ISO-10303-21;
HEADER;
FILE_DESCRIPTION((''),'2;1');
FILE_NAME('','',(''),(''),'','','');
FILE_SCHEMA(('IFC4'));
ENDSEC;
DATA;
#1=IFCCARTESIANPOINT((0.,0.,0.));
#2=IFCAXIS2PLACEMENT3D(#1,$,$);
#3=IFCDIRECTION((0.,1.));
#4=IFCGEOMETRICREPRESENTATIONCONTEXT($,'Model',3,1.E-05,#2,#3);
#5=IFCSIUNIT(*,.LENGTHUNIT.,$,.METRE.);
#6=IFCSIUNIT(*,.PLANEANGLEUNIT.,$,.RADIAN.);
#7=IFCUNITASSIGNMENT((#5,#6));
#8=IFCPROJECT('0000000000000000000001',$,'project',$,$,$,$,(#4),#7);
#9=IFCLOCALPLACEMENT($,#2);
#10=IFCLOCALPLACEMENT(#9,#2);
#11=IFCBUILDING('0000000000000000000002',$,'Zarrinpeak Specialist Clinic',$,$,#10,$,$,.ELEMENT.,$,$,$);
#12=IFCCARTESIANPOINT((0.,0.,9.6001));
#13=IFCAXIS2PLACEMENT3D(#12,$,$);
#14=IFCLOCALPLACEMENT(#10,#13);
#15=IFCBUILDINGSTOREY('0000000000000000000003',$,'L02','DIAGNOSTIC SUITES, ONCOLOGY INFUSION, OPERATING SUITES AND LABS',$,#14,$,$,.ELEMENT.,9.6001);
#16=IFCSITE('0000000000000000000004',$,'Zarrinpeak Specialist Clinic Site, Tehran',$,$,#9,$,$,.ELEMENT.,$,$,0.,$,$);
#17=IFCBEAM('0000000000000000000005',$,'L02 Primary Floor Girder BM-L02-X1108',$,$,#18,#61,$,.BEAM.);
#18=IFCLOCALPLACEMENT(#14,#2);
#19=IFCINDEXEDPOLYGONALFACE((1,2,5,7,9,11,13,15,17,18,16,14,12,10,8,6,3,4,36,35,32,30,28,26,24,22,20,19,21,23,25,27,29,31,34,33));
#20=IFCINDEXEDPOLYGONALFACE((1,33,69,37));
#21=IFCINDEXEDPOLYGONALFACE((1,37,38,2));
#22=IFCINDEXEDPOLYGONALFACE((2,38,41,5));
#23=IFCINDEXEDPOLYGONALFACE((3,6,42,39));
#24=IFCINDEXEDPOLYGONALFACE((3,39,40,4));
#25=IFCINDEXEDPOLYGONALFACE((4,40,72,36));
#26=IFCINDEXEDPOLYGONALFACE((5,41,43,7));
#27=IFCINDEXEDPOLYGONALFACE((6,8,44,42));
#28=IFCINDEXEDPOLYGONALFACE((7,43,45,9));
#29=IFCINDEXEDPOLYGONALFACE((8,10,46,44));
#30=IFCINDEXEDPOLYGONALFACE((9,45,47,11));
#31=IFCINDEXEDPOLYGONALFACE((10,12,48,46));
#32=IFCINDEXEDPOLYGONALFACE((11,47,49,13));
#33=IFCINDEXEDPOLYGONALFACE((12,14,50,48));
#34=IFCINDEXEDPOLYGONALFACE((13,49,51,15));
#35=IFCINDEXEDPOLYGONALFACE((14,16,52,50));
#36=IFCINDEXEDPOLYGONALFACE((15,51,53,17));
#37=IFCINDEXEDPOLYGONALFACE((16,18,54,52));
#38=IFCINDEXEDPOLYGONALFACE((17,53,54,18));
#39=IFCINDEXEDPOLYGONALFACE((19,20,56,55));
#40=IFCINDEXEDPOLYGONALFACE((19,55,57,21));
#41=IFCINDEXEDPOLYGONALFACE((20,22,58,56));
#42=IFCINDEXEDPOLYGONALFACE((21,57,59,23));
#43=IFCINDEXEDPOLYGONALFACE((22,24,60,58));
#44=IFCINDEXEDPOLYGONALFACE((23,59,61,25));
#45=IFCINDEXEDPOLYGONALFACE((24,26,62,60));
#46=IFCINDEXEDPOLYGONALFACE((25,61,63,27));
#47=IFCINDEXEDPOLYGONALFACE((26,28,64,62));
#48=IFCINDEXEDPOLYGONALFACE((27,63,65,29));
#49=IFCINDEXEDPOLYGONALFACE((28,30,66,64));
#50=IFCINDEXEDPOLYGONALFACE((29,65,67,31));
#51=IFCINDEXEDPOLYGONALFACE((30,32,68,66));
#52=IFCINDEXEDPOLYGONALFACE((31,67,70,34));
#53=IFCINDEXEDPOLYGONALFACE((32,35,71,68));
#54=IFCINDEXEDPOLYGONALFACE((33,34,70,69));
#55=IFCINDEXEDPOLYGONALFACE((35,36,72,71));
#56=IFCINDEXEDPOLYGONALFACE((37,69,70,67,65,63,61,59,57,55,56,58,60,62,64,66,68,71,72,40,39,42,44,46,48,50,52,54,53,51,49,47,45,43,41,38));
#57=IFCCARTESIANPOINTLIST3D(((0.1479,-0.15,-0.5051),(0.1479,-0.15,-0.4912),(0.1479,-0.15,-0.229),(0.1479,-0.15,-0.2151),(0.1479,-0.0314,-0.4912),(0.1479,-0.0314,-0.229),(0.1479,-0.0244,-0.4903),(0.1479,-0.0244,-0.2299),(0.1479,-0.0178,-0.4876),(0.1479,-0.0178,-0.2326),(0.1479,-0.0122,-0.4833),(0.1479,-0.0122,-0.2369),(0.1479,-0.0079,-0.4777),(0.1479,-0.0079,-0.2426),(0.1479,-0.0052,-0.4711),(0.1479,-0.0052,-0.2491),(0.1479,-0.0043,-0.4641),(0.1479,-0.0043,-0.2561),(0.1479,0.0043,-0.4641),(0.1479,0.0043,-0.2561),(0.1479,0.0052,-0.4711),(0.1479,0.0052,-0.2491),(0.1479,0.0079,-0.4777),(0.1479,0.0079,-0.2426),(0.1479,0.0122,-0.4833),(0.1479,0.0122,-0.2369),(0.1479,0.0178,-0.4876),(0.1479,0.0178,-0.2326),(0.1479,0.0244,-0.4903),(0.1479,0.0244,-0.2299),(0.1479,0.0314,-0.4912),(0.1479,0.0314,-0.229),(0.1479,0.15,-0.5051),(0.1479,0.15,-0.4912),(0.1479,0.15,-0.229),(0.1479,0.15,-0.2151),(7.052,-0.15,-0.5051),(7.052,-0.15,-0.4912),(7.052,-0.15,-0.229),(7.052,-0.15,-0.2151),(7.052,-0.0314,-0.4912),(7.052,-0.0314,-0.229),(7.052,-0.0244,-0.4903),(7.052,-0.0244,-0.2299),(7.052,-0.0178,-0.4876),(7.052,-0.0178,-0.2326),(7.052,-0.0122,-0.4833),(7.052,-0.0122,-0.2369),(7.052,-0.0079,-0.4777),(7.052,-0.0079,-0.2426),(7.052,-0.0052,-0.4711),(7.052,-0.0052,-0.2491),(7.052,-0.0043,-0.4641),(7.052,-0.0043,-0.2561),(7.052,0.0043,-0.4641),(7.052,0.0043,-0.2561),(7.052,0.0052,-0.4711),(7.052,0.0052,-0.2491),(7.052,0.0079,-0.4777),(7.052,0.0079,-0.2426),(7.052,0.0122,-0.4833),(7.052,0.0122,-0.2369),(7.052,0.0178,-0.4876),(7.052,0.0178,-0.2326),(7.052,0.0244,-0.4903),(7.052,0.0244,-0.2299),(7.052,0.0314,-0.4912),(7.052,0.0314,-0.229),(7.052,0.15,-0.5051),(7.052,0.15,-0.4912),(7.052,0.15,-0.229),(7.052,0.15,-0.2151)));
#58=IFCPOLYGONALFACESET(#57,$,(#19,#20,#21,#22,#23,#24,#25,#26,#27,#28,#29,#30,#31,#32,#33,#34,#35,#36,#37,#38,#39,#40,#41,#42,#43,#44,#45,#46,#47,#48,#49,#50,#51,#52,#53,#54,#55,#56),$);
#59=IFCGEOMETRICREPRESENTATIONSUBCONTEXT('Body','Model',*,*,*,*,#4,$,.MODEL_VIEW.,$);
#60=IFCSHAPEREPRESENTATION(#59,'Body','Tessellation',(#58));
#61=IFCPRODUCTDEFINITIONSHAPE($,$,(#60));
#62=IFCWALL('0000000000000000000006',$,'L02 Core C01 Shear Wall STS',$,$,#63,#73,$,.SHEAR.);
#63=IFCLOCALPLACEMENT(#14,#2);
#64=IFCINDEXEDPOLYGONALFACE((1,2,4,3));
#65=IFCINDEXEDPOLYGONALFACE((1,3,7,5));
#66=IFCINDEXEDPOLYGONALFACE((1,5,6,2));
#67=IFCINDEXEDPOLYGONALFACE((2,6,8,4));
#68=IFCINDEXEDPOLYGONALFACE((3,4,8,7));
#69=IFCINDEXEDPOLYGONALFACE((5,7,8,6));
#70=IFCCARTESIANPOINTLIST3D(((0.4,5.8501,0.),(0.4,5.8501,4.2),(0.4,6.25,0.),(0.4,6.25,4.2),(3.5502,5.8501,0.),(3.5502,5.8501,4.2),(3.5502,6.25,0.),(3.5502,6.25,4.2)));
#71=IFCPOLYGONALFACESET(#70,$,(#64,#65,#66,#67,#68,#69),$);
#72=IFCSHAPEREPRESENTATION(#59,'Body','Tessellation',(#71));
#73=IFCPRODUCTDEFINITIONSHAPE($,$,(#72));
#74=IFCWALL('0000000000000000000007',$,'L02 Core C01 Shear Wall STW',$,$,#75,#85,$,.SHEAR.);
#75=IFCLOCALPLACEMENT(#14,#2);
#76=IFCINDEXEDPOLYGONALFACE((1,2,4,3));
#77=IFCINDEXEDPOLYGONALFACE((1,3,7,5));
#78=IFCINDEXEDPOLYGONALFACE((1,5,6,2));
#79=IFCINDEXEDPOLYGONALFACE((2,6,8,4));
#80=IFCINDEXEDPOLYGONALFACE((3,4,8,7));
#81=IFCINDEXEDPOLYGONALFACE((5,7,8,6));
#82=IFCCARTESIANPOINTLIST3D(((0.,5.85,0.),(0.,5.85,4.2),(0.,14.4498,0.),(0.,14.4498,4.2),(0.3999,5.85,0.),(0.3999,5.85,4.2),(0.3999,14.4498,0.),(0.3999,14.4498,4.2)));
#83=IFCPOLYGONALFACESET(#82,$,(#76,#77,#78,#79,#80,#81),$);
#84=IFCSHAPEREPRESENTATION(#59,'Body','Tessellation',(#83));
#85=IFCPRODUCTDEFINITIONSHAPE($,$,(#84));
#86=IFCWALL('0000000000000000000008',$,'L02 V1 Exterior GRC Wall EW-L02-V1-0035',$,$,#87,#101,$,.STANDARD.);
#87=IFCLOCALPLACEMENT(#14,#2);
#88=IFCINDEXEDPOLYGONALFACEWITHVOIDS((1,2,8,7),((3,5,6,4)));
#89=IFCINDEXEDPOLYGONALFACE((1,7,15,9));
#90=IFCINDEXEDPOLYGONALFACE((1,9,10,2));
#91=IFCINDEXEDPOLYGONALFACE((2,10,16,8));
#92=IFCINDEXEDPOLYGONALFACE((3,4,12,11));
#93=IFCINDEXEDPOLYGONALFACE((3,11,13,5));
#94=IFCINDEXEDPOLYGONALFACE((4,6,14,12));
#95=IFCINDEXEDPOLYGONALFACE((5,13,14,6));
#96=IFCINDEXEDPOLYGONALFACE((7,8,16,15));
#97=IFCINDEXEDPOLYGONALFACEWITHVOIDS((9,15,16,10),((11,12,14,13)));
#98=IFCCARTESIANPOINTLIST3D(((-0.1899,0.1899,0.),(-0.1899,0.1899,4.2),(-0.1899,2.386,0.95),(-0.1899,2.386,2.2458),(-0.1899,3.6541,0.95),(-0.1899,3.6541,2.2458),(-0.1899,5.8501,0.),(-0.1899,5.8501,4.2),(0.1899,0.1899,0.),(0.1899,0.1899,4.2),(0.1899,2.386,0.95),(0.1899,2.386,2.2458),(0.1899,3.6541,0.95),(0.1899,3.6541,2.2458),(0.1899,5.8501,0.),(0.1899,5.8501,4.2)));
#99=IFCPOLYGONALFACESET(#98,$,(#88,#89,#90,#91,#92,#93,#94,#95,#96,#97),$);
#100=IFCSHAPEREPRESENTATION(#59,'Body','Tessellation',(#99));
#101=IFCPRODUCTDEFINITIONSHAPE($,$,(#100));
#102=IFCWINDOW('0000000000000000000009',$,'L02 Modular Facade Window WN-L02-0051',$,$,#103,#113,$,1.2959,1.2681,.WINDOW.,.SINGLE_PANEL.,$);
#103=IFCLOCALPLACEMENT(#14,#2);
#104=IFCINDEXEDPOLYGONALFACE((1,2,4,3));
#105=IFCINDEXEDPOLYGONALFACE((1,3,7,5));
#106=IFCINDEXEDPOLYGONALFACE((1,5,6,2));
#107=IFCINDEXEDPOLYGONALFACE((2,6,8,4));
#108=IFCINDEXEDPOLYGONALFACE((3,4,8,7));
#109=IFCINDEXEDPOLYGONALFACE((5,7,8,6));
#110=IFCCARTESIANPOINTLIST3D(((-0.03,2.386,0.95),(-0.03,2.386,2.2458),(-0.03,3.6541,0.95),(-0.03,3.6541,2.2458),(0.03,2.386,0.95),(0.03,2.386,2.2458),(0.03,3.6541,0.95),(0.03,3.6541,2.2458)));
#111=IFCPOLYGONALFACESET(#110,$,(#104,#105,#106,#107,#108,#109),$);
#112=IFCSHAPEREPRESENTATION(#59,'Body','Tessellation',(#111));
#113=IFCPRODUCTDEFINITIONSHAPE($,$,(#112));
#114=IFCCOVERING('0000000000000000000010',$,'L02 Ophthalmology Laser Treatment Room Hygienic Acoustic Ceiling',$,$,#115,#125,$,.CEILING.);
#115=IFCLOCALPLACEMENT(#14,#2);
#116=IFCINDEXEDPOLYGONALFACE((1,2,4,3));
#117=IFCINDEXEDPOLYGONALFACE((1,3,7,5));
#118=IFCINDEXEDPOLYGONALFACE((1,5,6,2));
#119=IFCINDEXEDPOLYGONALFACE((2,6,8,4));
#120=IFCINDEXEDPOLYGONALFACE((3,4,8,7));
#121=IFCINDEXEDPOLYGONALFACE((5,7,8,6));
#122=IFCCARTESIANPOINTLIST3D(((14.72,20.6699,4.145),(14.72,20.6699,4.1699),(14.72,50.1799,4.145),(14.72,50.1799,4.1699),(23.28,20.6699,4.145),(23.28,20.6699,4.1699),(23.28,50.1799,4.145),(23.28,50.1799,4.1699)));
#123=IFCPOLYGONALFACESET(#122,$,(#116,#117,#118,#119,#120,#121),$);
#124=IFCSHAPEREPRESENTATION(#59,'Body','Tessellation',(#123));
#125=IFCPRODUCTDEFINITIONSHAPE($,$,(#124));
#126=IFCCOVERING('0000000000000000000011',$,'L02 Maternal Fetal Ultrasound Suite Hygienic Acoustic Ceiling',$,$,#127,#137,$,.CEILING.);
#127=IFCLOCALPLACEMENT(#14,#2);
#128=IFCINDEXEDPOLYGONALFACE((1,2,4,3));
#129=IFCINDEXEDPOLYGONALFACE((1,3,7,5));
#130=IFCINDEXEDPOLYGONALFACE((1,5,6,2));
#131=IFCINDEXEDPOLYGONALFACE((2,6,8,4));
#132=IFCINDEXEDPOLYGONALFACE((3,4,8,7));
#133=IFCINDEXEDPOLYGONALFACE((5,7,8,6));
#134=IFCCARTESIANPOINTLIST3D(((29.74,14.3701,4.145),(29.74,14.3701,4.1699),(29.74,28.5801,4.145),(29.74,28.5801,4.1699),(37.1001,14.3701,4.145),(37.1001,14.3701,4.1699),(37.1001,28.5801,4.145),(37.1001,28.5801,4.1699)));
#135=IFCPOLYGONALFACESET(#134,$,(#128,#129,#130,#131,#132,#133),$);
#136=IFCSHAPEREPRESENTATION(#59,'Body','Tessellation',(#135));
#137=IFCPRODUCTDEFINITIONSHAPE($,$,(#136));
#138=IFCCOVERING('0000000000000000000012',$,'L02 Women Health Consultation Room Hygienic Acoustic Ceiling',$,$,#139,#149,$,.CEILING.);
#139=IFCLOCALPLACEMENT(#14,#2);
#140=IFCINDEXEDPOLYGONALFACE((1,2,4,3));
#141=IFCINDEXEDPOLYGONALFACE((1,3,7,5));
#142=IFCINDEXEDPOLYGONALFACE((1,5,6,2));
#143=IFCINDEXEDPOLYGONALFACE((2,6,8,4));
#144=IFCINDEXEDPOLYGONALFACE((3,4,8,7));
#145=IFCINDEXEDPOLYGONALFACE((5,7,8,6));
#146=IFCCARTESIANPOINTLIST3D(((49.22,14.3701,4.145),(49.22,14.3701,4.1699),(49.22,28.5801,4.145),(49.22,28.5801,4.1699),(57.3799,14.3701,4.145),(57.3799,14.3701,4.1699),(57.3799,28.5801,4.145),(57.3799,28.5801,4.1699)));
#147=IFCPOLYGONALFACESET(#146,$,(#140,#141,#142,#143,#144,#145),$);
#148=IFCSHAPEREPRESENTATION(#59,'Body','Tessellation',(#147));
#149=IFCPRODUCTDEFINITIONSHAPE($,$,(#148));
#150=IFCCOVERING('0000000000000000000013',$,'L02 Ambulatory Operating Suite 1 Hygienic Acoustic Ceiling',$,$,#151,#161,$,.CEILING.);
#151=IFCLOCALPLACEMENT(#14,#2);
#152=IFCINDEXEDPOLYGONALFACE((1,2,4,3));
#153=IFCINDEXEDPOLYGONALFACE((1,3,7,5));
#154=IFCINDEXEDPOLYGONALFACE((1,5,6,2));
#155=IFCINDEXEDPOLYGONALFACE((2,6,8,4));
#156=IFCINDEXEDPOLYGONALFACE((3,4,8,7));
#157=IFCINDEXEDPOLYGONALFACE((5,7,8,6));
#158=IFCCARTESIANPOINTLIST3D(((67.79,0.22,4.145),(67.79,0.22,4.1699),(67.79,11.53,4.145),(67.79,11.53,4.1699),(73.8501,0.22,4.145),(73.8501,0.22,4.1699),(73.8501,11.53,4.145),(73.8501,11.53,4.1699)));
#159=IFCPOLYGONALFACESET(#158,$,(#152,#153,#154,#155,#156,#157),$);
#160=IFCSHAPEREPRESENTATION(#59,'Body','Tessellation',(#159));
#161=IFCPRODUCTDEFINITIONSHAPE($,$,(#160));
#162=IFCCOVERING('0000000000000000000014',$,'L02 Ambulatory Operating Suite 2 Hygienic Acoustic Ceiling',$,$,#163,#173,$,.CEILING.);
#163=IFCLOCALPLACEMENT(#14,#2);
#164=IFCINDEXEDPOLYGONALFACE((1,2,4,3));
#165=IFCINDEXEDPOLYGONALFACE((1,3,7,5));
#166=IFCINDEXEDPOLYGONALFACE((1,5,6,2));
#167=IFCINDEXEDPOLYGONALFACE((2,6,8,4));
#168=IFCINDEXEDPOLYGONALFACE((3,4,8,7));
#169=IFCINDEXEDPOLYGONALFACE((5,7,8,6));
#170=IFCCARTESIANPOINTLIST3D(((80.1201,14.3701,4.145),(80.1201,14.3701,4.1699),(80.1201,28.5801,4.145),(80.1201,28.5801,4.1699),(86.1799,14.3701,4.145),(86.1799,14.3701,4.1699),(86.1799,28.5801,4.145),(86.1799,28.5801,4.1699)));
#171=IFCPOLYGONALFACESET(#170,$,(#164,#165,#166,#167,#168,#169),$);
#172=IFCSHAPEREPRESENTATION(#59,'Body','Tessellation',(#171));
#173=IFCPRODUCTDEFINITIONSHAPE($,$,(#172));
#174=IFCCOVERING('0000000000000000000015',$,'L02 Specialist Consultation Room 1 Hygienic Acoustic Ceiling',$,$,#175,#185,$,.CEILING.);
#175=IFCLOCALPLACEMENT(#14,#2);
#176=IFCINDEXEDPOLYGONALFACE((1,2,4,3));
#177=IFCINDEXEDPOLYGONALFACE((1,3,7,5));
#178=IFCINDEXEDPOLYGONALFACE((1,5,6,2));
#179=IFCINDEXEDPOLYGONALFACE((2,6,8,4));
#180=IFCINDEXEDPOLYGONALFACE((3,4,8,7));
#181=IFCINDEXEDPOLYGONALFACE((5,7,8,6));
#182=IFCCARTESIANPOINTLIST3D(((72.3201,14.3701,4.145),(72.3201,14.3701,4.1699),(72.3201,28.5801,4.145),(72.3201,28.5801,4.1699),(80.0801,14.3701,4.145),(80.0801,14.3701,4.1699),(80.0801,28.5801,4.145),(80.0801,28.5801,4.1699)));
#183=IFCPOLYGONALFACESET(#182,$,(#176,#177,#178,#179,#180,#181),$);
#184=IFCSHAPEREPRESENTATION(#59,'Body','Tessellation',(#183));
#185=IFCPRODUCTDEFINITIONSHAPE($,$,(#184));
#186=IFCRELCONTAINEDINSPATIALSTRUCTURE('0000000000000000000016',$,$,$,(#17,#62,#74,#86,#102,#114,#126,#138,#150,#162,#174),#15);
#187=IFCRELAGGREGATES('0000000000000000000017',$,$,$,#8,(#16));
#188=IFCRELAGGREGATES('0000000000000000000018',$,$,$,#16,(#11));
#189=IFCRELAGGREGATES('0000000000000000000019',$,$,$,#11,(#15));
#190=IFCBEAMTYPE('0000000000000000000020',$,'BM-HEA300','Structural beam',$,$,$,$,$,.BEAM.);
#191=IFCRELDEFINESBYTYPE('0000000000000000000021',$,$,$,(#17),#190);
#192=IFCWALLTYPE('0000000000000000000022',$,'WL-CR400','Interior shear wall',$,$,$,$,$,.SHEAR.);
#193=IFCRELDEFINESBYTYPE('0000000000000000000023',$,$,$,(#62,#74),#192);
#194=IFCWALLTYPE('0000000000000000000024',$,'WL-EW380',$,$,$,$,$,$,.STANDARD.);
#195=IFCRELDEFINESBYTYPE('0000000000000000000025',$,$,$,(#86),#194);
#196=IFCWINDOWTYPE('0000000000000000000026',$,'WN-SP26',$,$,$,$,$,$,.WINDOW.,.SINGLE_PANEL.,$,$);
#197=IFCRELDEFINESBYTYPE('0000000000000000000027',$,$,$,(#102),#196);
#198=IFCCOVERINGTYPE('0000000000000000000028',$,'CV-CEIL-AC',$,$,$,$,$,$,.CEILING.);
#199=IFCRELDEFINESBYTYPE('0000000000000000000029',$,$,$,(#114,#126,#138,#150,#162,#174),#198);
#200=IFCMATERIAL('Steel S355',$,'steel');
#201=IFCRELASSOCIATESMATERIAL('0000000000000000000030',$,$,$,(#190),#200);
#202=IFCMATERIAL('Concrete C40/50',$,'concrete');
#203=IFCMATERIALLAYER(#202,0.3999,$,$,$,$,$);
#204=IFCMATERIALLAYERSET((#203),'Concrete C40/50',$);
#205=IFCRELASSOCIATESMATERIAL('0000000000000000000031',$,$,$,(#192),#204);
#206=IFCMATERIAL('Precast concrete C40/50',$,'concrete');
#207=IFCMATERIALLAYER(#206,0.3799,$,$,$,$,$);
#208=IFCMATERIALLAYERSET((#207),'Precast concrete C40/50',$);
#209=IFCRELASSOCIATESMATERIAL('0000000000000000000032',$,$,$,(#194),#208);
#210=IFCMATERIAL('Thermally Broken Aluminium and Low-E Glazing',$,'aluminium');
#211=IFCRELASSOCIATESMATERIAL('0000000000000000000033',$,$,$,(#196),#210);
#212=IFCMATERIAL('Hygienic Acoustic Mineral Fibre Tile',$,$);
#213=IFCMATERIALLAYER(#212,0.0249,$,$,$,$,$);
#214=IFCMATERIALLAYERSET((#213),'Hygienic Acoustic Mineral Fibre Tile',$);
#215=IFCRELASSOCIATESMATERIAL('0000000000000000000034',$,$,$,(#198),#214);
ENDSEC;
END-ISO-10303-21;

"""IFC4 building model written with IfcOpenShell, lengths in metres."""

from ifc_helpers import new_model, si_unit, direction, frame, frame_2d, origin, origin_2d, place, context, subcontext, project, spatial, polyline, rectangle, i_section, outline, extrude, material, layer, layer_set, material_profile, profile_set, type_object, element, fill, save


model = new_model("IFC4")

# Units and contexts
model_context = context("Model", 3, precision=1e-05, world=origin(), true_north=direction((0.0, 1.0)))
body_context = subcontext(model_context, "Body", "Model", "MODEL_VIEW")
ifc_project = project(units=[si_unit("LENGTHUNIT", "METRE"), si_unit("PLANEANGLEUNIT", "RADIAN")], contexts=[model_context])

# Site, building, storey
site_placement = place(None, origin())
site = spatial("IfcSite", under=ifc_project, at=site_placement, Name="Zarrinpeak Specialist Clinic Site, Tehran", CompositionType="ELEMENT", RefElevation=0.0)
building_placement = place(site_placement, origin())
building = spatial("IfcBuilding", under=site, at=building_placement, Name="Zarrinpeak Specialist Clinic", CompositionType="ELEMENT")
storey_placement = place(building_placement, frame((0.0, 0.0, 9.6001)))
storey = spatial("IfcBuildingStorey", under=building, at=storey_placement, Name="L02", Description="DIAGNOSTIC SUITES, ONCOLOGY INFUSION, OPERATING SUITES AND LABS", CompositionType="ELEMENT", Elevation=9.6001)

# Beam
ifc_material_1 = material(Name="Steel S355", Category="steel")
ifc_material_profile = material_profile(ifc_material_1, i_section(OverallWidth=0.3, OverallDepth=0.29, WebThickness=0.0085, FlangeThickness=0.0139, FilletRadius=0.0271, at=origin_2d()), Name="HEA 300")
ifc_profile_set = profile_set([ifc_material_profile], Name="Steel S355")
beam_type = type_object("IfcBeamType", Name="BM-HEA300", Description="Structural beam", PredefinedType="BEAM", material=ifc_profile_set)
beam_placement = place(storey_placement, frame((0.1479, 0.0, -0.3601), z_axis=(1.0, 0.0, 0.0), x_axis=(0.0, 1.0, 0.0)))
element("IfcBeam", 1, at=beam_placement, inside=storey, type_object=beam_type, Name="L02 Primary Floor Girder BM-L02-X1108", PredefinedType="BEAM", context=body_context, shape_type="SweptSolid", body=[
    extrude(i_section(OverallWidth=0.3, OverallDepth=0.29, WebThickness=0.0085, FlangeThickness=0.0139, FilletRadius=0.0271, at=origin_2d()), origin(), (0.0, 0.0, 1.0), 6.9041),
])

# Wall
ifc_material_2 = material(Name="Concrete C40/50", Category="concrete")
ifc_layer_1 = layer(ifc_material_2, 0.3999)
ifc_layer_set_1 = layer_set([ifc_layer_1], Name="Concrete C40/50")
wall_type_1 = type_object("IfcWallType", Name="WL-CR400", Description="Interior shear wall", PredefinedType="SHEAR", material=ifc_layer_set_1)
wall_1_placement = place(storey_placement, frame((0.3999, 6.05, 0.0), z_axis=(0.0, 0.0, 1.0), x_axis=(1.0, 0.0, 0.0)))
element("IfcWall", 2, at=wall_1_placement, inside=storey, type_object=wall_type_1, Name="L02 Core C01 Shear Wall STS", PredefinedType="SHEAR", context=body_context, shape_type="SweptSolid", body=[
    extrude(rectangle(XDim=3.1501, YDim=0.3999, at=frame_2d((1.5752, 0.0))), origin(), (0.0, 0.0, 1.0), 4.2),
])

# Wall
wall_2_placement = place(storey_placement, frame((0.2, 5.8501, 0.0), z_axis=(0.0, 0.0, 1.0), x_axis=(0.0, 1.0, 0.0)))
element("IfcWall", 3, at=wall_2_placement, inside=storey, type_object=wall_type_1, Name="L02 Core C01 Shear Wall STW", PredefinedType="SHEAR", context=body_context, shape_type="SweptSolid", body=[
    extrude(rectangle(XDim=8.5999, YDim=0.3999, at=frame_2d((4.2998, 0.0))), origin(), (0.0, 0.0, 1.0), 4.2),
])

# Wall, opening, window
ifc_material_3 = material(Name="Precast concrete C40/50", Category="concrete")
ifc_layer_2 = layer(ifc_material_3, 0.3799)
ifc_layer_set_2 = layer_set([ifc_layer_2], Name="Precast concrete C40/50")
wall_type_2 = type_object("IfcWallType", Name="WL-EW380", PredefinedType="STANDARD", material=ifc_layer_set_2)
wall_3_placement = place(storey_placement, frame((0.0, 5.8501, 0.0), z_axis=(0.0, 0.0, 1.0), x_axis=(0.0, -1.0, 0.0)))
wall_3 = element("IfcWall", 4, at=wall_3_placement, inside=storey, type_object=wall_type_2, Name="L02 V1 Exterior GRC Wall EW-L02-V1-0035", PredefinedType="STANDARD", context=body_context, shape_type="SweptSolid", body=[
    extrude(rectangle(XDim=5.6602, YDim=0.3799, at=frame_2d((2.8301, 0.0))), origin(), (0.0, 0.0, 1.0), 4.2),
])
opening_1_placement = place(wall_3_placement, frame((2.196, 0.0, 0.95)))
opening_1 = element("IfcOpeningElement", 5, at=opening_1_placement, cuts=wall_3, PredefinedType="OPENING", context=body_context, shape_type="SweptSolid", body=[
    extrude(rectangle(XDim=1.2681, YDim=1.2959, at=frame_2d((0.634, 0.6479))), frame((0.0, 0.2, 0.0), z_axis=(0.0, -1.0, 0.0), x_axis=(1.0, 0.0, 0.0)), (0.0, 0.0, 1.0), 0.3999),
])
ifc_material_4 = material(Name="Thermally Broken Aluminium and Low-E Glazing", Category="aluminium")
window_type = type_object("IfcWindowType", Name="WN-SP26", PartitioningType="SINGLE_PANEL", PredefinedType="WINDOW", material=ifc_material_4)
window_placement = place(opening_1_placement, origin())
window = element("IfcWindow", 6, at=window_placement, inside=storey, type_object=window_type, Name="L02 Modular Facade Window WN-L02-0051", OverallHeight=1.2959, OverallWidth=1.2681, PartitioningType="SINGLE_PANEL", PredefinedType="WINDOW", context=body_context, shape_type="SweptSolid", body=[
    extrude(rectangle(XDim=1.2681, YDim=1.2959, at=frame_2d((0.634, 0.6479))), frame((0.0, 0.03, 0.0), z_axis=(0.0, -1.0, 0.0), x_axis=(1.0, 0.0, 0.0)), (0.0, 0.0, 1.0), 0.0601),
])
fill(opening_1, window)

# Coverings
ifc_material_5 = material(Name="Hygienic Acoustic Mineral Fibre Tile")
ifc_layer_3 = layer(ifc_material_5, 0.0249)
ifc_layer_set_3 = layer_set([ifc_layer_3], Name="Hygienic Acoustic Mineral Fibre Tile")
covering_type_1 = type_object("IfcCoveringType", Name="CV-CEIL-AC", PredefinedType="CEILING", material=ifc_layer_set_3)
covering_1_placement = place(storey_placement, frame((0.0, 0.0, 4.145)))
element("IfcCovering", 7, at=covering_1_placement, inside=storey, type_object=covering_type_1, Name="L02 Ophthalmology Laser Treatment Room Hygienic Acoustic Ceiling", PredefinedType="CEILING", context=body_context, shape_type="SweptSolid", body=[
    extrude(outline(polyline([(14.72, 20.6699), (23.28, 20.6699), (23.28, 50.1799), (14.72, 50.1799), (14.72, 20.6699)])), origin(), (0.0, 0.0, 1.0), 0.0249),
])
covering_2_placement = place(storey_placement, frame((0.0, 0.0, 4.145)))
element("IfcCovering", 8, at=covering_2_placement, inside=storey, type_object=covering_type_1, Name="L02 Maternal Fetal Ultrasound Suite Hygienic Acoustic Ceiling", PredefinedType="CEILING", context=body_context, shape_type="SweptSolid", body=[
    extrude(outline(polyline([(29.74, 14.3701), (37.1001, 14.3701), (37.1001, 28.5801), (29.74, 28.5801), (29.74, 14.3701)])), origin(), (0.0, 0.0, 1.0), 0.0249),
])
covering_3_placement = place(storey_placement, frame((0.0, 0.0, 4.145)))
element("IfcCovering", 9, at=covering_3_placement, inside=storey, type_object=covering_type_1, Name="L02 Women Health Consultation Room Hygienic Acoustic Ceiling", PredefinedType="CEILING", context=body_context, shape_type="SweptSolid", body=[
    extrude(outline(polyline([(49.22, 14.3701), (57.3799, 14.3701), (57.3799, 28.5801), (49.22, 28.5801), (49.22, 14.3701)])), origin(), (0.0, 0.0, 1.0), 0.0249),
])
covering_4_placement = place(storey_placement, frame((0.0, 0.0, 4.145)))
element("IfcCovering", 10, at=covering_4_placement, inside=storey, type_object=covering_type_1, Name="L02 Ambulatory Operating Suite 1 Hygienic Acoustic Ceiling", PredefinedType="CEILING", context=body_context, shape_type="SweptSolid", body=[
    extrude(outline(polyline([(67.79, 0.22), (73.8501, 0.22), (73.8501, 11.53), (67.79, 11.53), (67.79, 0.22)])), origin(), (0.0, 0.0, 1.0), 0.0249),
])
covering_5_placement = place(storey_placement, frame((0.0, 0.0, 4.145)))
element("IfcCovering", 11, at=covering_5_placement, inside=storey, type_object=covering_type_1, Name="L02 Ambulatory Operating Suite 2 Hygienic Acoustic Ceiling", PredefinedType="CEILING", context=body_context, shape_type="SweptSolid", body=[
    extrude(outline(polyline([(80.1201, 14.3701), (86.1799, 14.3701), (86.1799, 28.5801), (80.1201, 28.5801), (80.1201, 14.3701)])), origin(), (0.0, 0.0, 1.0), 0.0249),
])
covering_6_placement = place(storey_placement, frame((0.0, 0.0, 4.145)))
element("IfcCovering", 12, at=covering_6_placement, inside=storey, type_object=covering_type_1, Name="L02 Specialist Consultation Room 1 Hygienic Acoustic Ceiling", PredefinedType="CEILING", context=body_context, shape_type="SweptSolid", body=[
    extrude(outline(polyline([(72.3201, 14.3701), (80.0801, 14.3701), (80.0801, 28.5801), (72.3201, 28.5801), (72.3201, 14.3701)])), origin(), (0.0, 0.0, 1.0), 0.0249),
])

save(model, "model.ifc")
